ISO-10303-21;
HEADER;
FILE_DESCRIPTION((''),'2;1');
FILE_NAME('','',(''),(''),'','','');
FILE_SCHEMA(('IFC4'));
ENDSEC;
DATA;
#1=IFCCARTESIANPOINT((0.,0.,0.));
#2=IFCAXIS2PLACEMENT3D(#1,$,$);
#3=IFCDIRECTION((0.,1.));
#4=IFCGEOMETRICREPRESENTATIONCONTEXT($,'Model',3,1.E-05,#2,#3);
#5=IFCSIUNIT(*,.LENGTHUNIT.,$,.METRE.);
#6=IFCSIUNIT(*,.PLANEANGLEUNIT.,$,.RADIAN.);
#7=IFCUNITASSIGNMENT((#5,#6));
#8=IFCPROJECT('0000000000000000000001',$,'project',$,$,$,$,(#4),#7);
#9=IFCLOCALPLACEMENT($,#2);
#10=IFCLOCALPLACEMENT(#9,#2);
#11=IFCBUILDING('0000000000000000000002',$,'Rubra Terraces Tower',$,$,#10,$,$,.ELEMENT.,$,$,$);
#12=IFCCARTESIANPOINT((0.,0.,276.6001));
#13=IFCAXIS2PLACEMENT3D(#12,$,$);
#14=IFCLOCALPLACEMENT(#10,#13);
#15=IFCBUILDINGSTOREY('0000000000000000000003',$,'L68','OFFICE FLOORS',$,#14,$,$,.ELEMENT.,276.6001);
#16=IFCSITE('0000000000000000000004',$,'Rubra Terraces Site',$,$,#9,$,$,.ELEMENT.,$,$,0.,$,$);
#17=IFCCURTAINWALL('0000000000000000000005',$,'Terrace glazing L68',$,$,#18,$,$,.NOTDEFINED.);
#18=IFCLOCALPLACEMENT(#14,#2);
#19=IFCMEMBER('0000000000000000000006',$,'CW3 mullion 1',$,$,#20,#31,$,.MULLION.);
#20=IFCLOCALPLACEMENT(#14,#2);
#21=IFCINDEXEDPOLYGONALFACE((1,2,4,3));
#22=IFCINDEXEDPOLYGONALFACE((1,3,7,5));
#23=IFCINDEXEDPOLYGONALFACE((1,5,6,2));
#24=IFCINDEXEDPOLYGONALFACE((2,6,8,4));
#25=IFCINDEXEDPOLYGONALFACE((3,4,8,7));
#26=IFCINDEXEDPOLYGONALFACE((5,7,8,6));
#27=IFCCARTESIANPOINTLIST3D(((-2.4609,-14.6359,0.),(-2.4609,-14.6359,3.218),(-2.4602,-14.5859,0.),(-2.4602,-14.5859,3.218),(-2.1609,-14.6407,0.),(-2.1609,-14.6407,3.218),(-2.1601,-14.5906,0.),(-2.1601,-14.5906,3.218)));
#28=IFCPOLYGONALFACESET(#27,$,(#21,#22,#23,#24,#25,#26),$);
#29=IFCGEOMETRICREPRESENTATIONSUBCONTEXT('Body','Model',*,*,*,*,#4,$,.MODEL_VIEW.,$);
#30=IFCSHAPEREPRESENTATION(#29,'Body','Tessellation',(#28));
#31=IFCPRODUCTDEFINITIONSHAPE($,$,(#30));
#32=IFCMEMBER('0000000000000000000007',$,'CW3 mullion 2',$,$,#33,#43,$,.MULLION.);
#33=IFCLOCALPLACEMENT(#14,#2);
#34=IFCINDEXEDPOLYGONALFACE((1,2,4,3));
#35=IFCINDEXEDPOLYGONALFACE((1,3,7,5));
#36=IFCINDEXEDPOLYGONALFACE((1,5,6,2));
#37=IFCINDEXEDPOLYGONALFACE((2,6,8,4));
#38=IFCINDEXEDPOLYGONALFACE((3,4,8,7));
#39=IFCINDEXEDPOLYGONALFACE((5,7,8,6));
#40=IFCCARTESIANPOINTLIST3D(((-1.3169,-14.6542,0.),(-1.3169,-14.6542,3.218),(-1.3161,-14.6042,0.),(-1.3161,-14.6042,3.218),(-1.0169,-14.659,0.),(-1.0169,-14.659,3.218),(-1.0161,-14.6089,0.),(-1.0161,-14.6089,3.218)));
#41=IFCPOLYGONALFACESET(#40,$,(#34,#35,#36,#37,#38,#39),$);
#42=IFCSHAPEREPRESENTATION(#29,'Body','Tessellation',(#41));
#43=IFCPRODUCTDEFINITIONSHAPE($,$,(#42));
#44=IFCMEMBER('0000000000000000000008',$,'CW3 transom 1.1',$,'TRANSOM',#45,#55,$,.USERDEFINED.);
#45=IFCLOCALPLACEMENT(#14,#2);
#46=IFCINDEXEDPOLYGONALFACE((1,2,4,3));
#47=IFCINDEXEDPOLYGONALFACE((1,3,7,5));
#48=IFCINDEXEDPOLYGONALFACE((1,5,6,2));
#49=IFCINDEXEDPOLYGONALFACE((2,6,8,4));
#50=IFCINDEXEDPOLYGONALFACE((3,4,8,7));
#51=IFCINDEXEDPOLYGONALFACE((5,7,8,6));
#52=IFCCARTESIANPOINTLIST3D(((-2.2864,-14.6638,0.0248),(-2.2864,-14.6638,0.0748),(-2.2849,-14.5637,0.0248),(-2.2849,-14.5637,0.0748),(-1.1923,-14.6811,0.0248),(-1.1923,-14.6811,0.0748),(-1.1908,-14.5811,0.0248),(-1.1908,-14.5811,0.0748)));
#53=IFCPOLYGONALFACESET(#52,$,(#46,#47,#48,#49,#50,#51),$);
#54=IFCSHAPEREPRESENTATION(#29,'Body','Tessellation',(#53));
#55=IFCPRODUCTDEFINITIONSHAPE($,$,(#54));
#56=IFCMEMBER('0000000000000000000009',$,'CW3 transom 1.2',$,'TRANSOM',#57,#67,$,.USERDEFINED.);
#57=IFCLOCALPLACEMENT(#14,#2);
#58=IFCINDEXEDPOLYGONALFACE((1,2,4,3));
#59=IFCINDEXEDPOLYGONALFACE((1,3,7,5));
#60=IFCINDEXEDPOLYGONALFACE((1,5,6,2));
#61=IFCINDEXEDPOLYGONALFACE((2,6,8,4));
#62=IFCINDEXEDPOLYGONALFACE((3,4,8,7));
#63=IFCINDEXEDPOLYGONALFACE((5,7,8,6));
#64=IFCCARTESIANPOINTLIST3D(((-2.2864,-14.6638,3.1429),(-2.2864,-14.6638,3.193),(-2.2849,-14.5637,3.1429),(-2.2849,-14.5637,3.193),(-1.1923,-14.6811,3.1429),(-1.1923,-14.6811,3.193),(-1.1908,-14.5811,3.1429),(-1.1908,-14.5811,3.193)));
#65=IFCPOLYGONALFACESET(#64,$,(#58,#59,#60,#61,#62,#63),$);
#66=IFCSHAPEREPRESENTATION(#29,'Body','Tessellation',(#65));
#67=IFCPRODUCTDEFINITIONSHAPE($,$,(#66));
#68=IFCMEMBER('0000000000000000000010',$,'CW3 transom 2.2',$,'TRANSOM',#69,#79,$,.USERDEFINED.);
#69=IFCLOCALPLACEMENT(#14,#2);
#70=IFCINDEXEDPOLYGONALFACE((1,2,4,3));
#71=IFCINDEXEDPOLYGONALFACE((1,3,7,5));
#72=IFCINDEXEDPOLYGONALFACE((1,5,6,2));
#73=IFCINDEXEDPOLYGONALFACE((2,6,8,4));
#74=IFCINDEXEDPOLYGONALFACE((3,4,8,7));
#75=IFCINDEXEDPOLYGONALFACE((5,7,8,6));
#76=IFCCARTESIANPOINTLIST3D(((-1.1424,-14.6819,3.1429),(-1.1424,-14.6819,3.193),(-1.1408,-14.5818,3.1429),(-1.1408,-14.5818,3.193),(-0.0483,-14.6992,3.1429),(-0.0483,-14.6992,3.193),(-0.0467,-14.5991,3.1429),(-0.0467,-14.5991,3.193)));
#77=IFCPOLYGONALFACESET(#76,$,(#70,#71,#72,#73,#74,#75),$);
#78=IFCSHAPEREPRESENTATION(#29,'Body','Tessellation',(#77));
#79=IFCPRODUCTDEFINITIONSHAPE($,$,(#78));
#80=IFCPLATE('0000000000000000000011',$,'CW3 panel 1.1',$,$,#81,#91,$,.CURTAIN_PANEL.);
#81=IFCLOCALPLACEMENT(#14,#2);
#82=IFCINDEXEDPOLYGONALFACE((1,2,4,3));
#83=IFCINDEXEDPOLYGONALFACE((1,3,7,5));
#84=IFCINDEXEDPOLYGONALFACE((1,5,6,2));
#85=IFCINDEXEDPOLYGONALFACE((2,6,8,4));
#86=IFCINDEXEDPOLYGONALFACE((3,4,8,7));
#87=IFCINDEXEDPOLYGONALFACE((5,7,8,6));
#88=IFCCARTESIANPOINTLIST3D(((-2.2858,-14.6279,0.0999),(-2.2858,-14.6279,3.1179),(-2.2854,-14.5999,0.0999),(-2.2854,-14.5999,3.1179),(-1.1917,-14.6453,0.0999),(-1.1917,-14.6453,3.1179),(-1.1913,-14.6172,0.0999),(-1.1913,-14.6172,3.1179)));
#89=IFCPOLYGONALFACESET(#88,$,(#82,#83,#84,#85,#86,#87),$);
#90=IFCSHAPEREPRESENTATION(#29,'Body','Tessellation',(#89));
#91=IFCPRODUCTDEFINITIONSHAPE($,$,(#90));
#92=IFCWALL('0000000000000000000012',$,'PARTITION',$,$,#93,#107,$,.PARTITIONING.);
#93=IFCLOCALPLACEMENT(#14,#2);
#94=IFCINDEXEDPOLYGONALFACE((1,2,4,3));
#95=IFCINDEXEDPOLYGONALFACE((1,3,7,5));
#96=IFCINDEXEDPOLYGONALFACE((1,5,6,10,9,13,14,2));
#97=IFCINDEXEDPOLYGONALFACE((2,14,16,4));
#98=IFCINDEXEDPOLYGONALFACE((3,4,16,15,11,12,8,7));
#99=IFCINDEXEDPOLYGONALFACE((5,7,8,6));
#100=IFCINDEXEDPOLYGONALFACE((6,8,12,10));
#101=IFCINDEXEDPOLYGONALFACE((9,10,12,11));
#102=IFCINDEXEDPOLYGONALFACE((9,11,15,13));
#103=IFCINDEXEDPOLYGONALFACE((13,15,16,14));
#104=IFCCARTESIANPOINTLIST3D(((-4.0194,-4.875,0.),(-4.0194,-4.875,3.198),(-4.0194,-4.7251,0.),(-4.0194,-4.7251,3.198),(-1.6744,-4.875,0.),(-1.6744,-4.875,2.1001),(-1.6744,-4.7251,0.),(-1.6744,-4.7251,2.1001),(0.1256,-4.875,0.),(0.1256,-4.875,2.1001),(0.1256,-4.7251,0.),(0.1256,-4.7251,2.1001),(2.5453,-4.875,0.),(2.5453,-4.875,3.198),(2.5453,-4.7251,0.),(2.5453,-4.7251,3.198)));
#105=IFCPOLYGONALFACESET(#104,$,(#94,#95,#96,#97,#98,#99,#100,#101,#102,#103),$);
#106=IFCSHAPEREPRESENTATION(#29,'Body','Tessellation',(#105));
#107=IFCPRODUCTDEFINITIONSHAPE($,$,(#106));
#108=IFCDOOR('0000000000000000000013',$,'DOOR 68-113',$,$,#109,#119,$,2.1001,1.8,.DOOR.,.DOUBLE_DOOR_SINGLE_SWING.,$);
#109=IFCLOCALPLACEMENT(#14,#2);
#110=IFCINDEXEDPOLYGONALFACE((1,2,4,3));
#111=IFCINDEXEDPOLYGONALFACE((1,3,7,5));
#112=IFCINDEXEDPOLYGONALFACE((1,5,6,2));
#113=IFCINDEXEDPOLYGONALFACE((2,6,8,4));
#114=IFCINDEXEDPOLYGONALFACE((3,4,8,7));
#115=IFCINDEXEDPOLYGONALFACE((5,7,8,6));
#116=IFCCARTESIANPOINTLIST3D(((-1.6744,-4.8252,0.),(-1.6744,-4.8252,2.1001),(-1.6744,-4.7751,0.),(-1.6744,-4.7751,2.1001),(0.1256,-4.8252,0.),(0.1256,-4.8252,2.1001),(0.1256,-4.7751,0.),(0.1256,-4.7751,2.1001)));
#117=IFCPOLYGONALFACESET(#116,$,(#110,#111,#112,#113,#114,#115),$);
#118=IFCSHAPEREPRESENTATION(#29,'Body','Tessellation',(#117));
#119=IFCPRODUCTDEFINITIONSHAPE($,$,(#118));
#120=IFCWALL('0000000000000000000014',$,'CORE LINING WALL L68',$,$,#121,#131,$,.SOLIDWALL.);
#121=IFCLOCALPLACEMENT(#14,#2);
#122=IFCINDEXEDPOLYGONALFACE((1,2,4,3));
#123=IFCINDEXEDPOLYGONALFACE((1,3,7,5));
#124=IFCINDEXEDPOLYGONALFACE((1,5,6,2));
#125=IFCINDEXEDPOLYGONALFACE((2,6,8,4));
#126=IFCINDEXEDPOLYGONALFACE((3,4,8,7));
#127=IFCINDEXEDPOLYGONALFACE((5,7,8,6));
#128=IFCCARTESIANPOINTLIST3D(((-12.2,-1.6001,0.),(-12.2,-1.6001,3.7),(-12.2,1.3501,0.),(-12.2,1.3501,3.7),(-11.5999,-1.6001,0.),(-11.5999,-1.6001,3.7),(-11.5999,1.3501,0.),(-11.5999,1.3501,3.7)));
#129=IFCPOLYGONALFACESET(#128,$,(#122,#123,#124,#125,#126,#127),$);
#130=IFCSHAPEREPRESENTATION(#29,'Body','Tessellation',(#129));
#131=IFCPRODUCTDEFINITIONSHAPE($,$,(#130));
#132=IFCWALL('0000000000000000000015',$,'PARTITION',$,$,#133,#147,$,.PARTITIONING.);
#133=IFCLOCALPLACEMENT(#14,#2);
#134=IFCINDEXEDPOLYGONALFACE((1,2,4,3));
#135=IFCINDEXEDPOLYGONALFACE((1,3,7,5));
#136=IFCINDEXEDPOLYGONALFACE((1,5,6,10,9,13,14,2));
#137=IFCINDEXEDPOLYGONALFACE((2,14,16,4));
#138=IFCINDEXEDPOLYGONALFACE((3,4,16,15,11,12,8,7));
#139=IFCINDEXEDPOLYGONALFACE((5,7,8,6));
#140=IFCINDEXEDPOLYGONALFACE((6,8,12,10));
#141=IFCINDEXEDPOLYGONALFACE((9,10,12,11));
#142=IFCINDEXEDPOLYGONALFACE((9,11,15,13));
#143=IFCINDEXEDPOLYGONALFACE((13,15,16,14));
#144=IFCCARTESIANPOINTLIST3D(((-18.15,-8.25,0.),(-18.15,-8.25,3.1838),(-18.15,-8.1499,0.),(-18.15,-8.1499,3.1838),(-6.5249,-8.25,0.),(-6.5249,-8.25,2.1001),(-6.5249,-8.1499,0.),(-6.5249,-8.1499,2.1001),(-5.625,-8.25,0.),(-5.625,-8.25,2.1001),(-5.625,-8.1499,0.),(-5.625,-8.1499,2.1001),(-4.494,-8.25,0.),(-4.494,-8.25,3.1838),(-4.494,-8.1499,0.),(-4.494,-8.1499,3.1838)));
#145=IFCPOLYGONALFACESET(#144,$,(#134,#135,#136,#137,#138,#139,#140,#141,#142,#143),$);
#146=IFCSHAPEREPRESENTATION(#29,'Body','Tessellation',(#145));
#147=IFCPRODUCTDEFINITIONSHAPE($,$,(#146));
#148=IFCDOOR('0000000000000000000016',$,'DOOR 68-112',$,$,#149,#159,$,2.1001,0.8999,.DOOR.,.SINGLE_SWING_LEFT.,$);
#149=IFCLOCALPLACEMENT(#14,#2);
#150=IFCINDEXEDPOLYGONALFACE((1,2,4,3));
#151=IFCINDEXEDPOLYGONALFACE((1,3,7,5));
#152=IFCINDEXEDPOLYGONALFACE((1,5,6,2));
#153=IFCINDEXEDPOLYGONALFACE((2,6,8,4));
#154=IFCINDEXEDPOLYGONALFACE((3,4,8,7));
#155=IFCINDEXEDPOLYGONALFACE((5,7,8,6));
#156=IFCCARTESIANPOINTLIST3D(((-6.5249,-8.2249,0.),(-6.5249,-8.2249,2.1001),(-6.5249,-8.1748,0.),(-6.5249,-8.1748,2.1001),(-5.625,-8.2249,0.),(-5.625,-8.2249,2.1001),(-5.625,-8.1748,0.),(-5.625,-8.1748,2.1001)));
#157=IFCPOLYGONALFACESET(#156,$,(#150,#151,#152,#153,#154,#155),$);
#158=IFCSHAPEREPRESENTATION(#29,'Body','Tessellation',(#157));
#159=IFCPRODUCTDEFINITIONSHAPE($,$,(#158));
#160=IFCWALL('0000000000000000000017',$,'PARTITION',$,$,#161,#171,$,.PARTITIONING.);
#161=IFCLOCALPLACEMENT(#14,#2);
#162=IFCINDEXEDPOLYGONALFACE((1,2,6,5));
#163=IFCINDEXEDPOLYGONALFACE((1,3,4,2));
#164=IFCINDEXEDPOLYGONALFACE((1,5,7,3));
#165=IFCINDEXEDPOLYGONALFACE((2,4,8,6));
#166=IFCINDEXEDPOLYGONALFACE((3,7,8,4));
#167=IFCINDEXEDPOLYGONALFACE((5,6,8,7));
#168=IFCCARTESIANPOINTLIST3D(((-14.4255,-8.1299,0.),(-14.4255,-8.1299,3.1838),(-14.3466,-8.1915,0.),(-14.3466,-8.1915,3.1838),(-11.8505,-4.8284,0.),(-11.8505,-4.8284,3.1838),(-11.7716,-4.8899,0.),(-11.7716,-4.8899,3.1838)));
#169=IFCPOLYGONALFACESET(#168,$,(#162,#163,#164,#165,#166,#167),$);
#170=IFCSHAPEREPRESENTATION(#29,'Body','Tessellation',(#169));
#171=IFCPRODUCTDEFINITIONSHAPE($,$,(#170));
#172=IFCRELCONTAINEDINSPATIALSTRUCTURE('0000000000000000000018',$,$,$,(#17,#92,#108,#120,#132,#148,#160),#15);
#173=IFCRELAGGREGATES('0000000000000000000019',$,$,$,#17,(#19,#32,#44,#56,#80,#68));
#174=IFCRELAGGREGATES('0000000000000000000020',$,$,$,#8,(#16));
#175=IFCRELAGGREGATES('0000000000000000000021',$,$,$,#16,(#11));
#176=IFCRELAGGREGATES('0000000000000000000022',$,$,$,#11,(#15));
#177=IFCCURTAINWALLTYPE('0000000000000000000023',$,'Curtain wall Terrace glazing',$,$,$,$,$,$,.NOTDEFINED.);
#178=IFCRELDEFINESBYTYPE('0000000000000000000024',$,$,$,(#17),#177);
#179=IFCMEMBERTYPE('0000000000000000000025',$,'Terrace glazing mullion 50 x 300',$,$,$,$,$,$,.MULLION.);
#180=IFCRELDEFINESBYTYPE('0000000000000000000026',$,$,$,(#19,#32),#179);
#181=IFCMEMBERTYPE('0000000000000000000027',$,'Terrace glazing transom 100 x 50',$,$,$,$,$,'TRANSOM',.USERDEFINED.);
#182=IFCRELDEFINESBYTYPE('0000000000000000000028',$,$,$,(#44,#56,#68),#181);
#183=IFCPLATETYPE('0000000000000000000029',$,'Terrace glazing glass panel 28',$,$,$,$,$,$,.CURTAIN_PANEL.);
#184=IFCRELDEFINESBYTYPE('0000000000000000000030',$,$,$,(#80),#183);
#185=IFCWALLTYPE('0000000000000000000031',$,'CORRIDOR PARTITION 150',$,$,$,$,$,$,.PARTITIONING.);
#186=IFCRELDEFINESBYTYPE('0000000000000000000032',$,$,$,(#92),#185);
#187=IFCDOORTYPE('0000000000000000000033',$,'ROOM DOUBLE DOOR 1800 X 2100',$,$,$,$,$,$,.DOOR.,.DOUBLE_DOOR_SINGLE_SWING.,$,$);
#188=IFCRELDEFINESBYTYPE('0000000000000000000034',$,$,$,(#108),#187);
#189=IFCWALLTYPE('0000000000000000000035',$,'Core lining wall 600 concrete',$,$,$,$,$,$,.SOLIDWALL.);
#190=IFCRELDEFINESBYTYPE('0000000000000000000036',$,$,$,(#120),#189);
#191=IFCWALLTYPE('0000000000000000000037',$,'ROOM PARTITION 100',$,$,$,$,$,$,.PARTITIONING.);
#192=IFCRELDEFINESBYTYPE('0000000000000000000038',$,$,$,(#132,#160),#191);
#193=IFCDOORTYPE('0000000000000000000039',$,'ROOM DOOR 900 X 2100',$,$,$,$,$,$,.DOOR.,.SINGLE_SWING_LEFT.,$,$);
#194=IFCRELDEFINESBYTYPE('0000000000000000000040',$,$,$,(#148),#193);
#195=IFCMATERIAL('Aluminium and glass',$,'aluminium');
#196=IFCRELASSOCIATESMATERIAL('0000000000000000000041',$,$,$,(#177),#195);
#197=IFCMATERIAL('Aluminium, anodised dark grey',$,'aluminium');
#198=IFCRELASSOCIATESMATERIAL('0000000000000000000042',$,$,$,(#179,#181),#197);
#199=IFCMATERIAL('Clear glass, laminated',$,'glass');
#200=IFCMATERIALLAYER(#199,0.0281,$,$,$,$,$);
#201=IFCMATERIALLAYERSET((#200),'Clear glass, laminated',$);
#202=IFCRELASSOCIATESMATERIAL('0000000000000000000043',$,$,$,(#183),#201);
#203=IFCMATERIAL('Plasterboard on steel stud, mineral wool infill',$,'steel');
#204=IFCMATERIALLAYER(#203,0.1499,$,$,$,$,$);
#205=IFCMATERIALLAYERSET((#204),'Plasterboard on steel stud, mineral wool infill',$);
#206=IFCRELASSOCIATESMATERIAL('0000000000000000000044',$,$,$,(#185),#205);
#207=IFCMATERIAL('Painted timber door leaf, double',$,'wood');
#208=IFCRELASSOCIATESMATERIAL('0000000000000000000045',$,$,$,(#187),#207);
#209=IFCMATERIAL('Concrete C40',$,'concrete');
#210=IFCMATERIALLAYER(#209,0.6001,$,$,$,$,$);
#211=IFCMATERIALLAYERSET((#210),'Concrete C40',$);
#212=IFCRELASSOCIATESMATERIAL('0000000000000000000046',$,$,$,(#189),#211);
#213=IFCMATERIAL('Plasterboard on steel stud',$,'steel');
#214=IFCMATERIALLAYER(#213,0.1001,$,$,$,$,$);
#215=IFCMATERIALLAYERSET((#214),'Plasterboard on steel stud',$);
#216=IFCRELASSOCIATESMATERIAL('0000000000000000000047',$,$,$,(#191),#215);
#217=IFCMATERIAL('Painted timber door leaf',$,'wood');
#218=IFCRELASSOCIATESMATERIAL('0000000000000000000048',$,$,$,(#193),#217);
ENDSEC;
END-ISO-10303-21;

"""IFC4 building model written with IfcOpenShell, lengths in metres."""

from ifc_helpers import new_model, si_unit, direction, frame, frame_2d, origin, origin_2d, place, context, subcontext, project, spatial, rectangle, extrude, material, layer, layer_set, material_profile, profile_set, type_object, element, fill, aggregate, save


model = new_model("IFC4")

# Units and contexts
model_context = context("Model", 3, precision=1e-05, world=origin(), true_north=direction((0.0, 1.0)))
body_context = subcontext(model_context, "Body", "Model", "MODEL_VIEW")
ifc_project = project(units=[si_unit("LENGTHUNIT", "METRE"), si_unit("PLANEANGLEUNIT", "RADIAN")], contexts=[model_context])

# Site, building, storey
site_placement = place(None, origin())
site = spatial("IfcSite", under=ifc_project, at=site_placement, Name="Rubra Terraces Site", CompositionType="ELEMENT", RefElevation=0.0)
building_placement = place(site_placement, origin())
building = spatial("IfcBuilding", under=site, at=building_placement, Name="Rubra Terraces Tower", CompositionType="ELEMENT")
storey_placement = place(building_placement, frame((0.0, 0.0, 276.6001)))
storey = spatial("IfcBuildingStorey", under=building, at=storey_placement, Name="L68", Description="OFFICE FLOORS", CompositionType="ELEMENT", Elevation=276.6001)

# Curtain wall, members, plate
ifc_material_1 = material(Name="Aluminium and glass", Category="aluminium")
curtain_wall_type = type_object("IfcCurtainWallType", Name="Curtain wall Terrace glazing", PredefinedType="NOTDEFINED", material=ifc_material_1)
curtain_wall_placement = place(storey_placement, origin())
curtain_wall = element("IfcCurtainWall", 1, at=curtain_wall_placement, inside=storey, type_object=curtain_wall_type, Name="Terrace glazing L68", PredefinedType="NOTDEFINED")
ifc_material_2 = material(Name="Aluminium, anodised dark grey", Category="aluminium")
ifc_material_profile_1 = material_profile(ifc_material_2, rectangle(XDim=0.05, YDim=0.3, at=origin_2d()), Name="AL 50x300")
ifc_profile_set_1 = profile_set([ifc_material_profile_1], Name="Aluminium, anodised dark grey")
member_type_1 = type_object("IfcMemberType", Name="Terrace glazing mullion 50 x 300", PredefinedType="MULLION", material=ifc_profile_set_1)
member_1_placement = place(storey_placement, frame((-2.3105, -14.6133, 0.0), z_axis=(0.0, 0.0, 1.0), x_axis=(0.015824, 0.999875, 0.0)))
member_1 = element("IfcMember", 2, at=member_1_placement, type_object=member_type_1, Name="CW3 mullion 1", PredefinedType="MULLION", context=body_context, shape_type="SweptSolid", body=[
    extrude(rectangle(XDim=0.05, YDim=0.3, at=origin_2d()), origin(), (0.0, 0.0, 1.0), 3.218),
])
member_2_placement = place(storey_placement, frame((-1.1665, -14.6316, 0.0), z_axis=(0.0, 0.0, 1.0), x_axis=(0.015824, 0.999875, 0.0)))
member_2 = element("IfcMember", 3, at=member_2_placement, type_object=member_type_1, Name="CW3 mullion 2", PredefinedType="MULLION", context=body_context, shape_type="SweptSolid", body=[
    extrude(rectangle(XDim=0.05, YDim=0.3, at=origin_2d()), origin(), (0.0, 0.0, 1.0), 3.218),
])
ifc_material_profile_2 = material_profile(ifc_material_2, rectangle(XDim=0.1001, YDim=0.05, at=origin_2d()), Name="AL 100x50")
ifc_profile_set_2 = profile_set([ifc_material_profile_2], Name="Aluminium, anodised dark grey")
member_type_2 = type_object("IfcMemberType", Name="Terrace glazing transom 100 x 50", ElementType="TRANSOM", PredefinedType="USERDEFINED", material=ifc_profile_set_2)
member_3_placement = place(storey_placement, frame((-2.2856, -14.6138, 0.0498), z_axis=(0.999874, -0.015843, 0.0), x_axis=(0.015843, 0.999874, 0.0)))
member_3 = element("IfcMember", 4, at=member_3_placement, type_object=member_type_2, Name="CW3 transom 1.1", ObjectType="TRANSOM", PredefinedType="USERDEFINED", context=body_context, shape_type="SweptSolid", body=[
    extrude(rectangle(XDim=0.1001, YDim=0.05, at=origin_2d()), origin(), (0.0, 0.0, 1.0), 1.0942),
])
member_4_placement = place(storey_placement, frame((-2.2856, -14.6138, 3.168), z_axis=(0.999874, -0.015843, 0.0), x_axis=(0.015843, 0.999874, 0.0)))
member_4 = element("IfcMember", 5, at=member_4_placement, type_object=member_type_2, Name="CW3 transom 1.2", ObjectType="TRANSOM", PredefinedType="USERDEFINED", context=body_context, shape_type="SweptSolid", body=[
    extrude(rectangle(XDim=0.1001, YDim=0.05, at=origin_2d()), origin(), (0.0, 0.0, 1.0), 1.0942),
])
member_5_placement = place(storey_placement, frame((-1.1416, -14.6318, 3.168), z_axis=(0.999874, -0.015843, 0.0), x_axis=(0.015843, 0.999874, 0.0)))
member_5 = element("IfcMember", 6, at=member_5_placement, type_object=member_type_2, Name="CW3 transom 2.2", ObjectType="TRANSOM", PredefinedType="USERDEFINED", context=body_context, shape_type="SweptSolid", body=[
    extrude(rectangle(XDim=0.1001, YDim=0.05, at=origin_2d()), origin(), (0.0, 0.0, 1.0), 1.0942),
])
ifc_material_3 = material(Name="Clear glass, laminated", Category="glass")
ifc_layer_1 = layer(ifc_material_3, 0.0281)
ifc_layer_set_1 = layer_set([ifc_layer_1], Name="Clear glass, laminated")
plate_type = type_object("IfcPlateType", Name="Terrace glazing glass panel 28", PredefinedType="CURTAIN_PANEL", material=ifc_layer_set_1)
plate_placement = place(storey_placement, frame((-1.7385, -14.6226, 0.0999), z_axis=(0.0, 0.0, 1.0), x_axis=(0.999875, -0.015824, 0.0)))
plate = element("IfcPlate", 7, at=plate_placement, type_object=plate_type, Name="CW3 panel 1.1", PredefinedType="CURTAIN_PANEL", context=body_context, shape_type="SweptSolid", body=[
    extrude(rectangle(XDim=1.0942, YDim=0.0281, at=origin_2d()), origin(), (0.0, 0.0, 1.0), 3.0181),
])
aggregate(curtain_wall, [member_1, member_2, member_3, member_4, plate, member_5])

# Wall, opening, door
ifc_material_4 = material(Name="Plasterboard on steel stud, mineral wool infill", Category="steel")
ifc_layer_2 = layer(ifc_material_4, 0.1499)
ifc_layer_set_2 = layer_set([ifc_layer_2], Name="Plasterboard on steel stud, mineral wool infill")
wall_type_1 = type_object("IfcWallType", Name="CORRIDOR PARTITION 150", PredefinedType="PARTITIONING", material=ifc_layer_set_2)
wall_1_placement = place(storey_placement, frame((-4.0193, -4.8, 0.0), z_axis=(0.0, 0.0, 1.0), x_axis=(1.0, 0.0, 0.0)))
wall_1 = element("IfcWall", 8, at=wall_1_placement, inside=storey, type_object=wall_type_1, Name="PARTITION", PredefinedType="PARTITIONING", context=body_context, shape_type="SweptSolid", body=[
    extrude(rectangle(XDim=6.5647, YDim=0.1499, at=frame_2d((3.2822, 0.0))), origin(), (0.0, 0.0, 1.0), 3.198),
])
opening_1_placement = place(wall_1_placement, frame((2.345, 0.0, 0.0)))
opening_1 = element("IfcOpeningElement", 9, at=opening_1_placement, cuts=wall_1, PredefinedType="OPENING", context=body_context, shape_type="SweptSolid", body=[
    extrude(rectangle(XDim=1.8, YDim=2.1001, at=frame_2d((0.8999, 1.05))), frame((0.0, 0.085, 0.0), z_axis=(0.0, -1.0, 0.0), x_axis=(1.0, 0.0, 0.0)), (0.0, 0.0, 1.0), 0.1699),
])
ifc_material_5 = material(Name="Painted timber door leaf, double", Category="wood")
door_type_1 = type_object("IfcDoorType", Name="ROOM DOUBLE DOOR 1800 X 2100", OperationType="DOUBLE_DOOR_SINGLE_SWING", PredefinedType="DOOR", material=ifc_material_5)
door_1_placement = place(opening_1_placement, origin())
door_1 = element("IfcDoor", 10, at=door_1_placement, inside=storey, type_object=door_type_1, Name="DOOR 68-113", OperationType="DOUBLE_DOOR_SINGLE_SWING", OverallHeight=2.1001, OverallWidth=1.8, PredefinedType="DOOR", context=body_context, shape_type="SweptSolid", body=[
    extrude(rectangle(XDim=1.8, YDim=2.1001, at=frame_2d((0.8999, 1.05))), frame((0.0, 0.0249, 0.0), z_axis=(0.0, -1.0, 0.0), x_axis=(1.0, 0.0, 0.0)), (0.0, 0.0, 1.0), 0.05),
])
fill(opening_1, door_1)

# Wall
ifc_material_6 = material(Name="Concrete C40", Category="concrete")
ifc_layer_3 = layer(ifc_material_6, 0.6001)
ifc_layer_set_3 = layer_set([ifc_layer_3], Name="Concrete C40")
wall_type_2 = type_object("IfcWallType", Name="Core lining wall 600 concrete", PredefinedType="SOLIDWALL", material=ifc_layer_set_3)
wall_2_placement = place(storey_placement, frame((-11.8999, -1.6001, 0.0), z_axis=(0.0, 0.0, 1.0), x_axis=(0.0, 1.0, 0.0)))
element("IfcWall", 11, at=wall_2_placement, inside=storey, type_object=wall_type_2, Name="CORE LINING WALL L68", PredefinedType="SOLIDWALL", context=body_context, shape_type="SweptSolid", body=[
    extrude(rectangle(XDim=2.9502, YDim=0.6001, at=frame_2d((1.4751, 0.0))), origin(), (0.0, 0.0, 1.0), 3.7),
])

# Wall, opening, door
ifc_material_7 = material(Name="Plasterboard on steel stud", Category="steel")
ifc_layer_4 = layer(ifc_material_7, 0.1001)
ifc_layer_set_4 = layer_set([ifc_layer_4], Name="Plasterboard on steel stud")
wall_type_3 = type_object("IfcWallType", Name="ROOM PARTITION 100", PredefinedType="PARTITIONING", material=ifc_layer_set_4)
wall_3_placement = place(storey_placement, frame((-4.4939, -8.2, 0.0), z_axis=(0.0, 0.0, 1.0), x_axis=(-1.0, 0.0, 0.0)))
wall_3 = element("IfcWall", 12, at=wall_3_placement, inside=storey, type_object=wall_type_3, Name="PARTITION", PredefinedType="PARTITIONING", context=body_context, shape_type="SweptSolid", body=[
    extrude(rectangle(XDim=13.656, YDim=0.1001, at=frame_2d((6.8281, 0.0))), origin(), (0.0, 0.0, 1.0), 3.1838),
])
opening_2_placement = place(wall_3_placement, frame((1.1311, 0.0, 0.0)))
opening_2 = element("IfcOpeningElement", 13, at=opening_2_placement, cuts=wall_3, PredefinedType="OPENING", context=body_context, shape_type="SweptSolid", body=[
    extrude(rectangle(XDim=0.8999, YDim=2.1001, at=frame_2d((0.45, 1.05))), frame((0.0, 0.0601, 0.0), z_axis=(0.0, -1.0, 0.0), x_axis=(1.0, 0.0, 0.0)), (0.0, 0.0, 1.0), 0.1201),
])
ifc_material_8 = material(Name="Painted timber door leaf", Category="wood")
door_type_2 = type_object("IfcDoorType", Name="ROOM DOOR 900 X 2100", OperationType="SINGLE_SWING_LEFT", PredefinedType="DOOR", material=ifc_material_8)
door_2_placement = place(opening_2_placement, origin())
door_2 = element("IfcDoor", 14, at=door_2_placement, inside=storey, type_object=door_type_2, Name="DOOR 68-112", OperationType="SINGLE_SWING_LEFT", OverallHeight=2.1001, OverallWidth=0.8999, PredefinedType="DOOR", context=body_context, shape_type="SweptSolid", body=[
    extrude(rectangle(XDim=0.8999, YDim=2.1001, at=frame_2d((0.45, 1.05))), frame((0.0, 0.0249, 0.0), z_axis=(0.0, -1.0, 0.0), x_axis=(1.0, 0.0, 0.0)), (0.0, 0.0, 1.0), 0.05),
])
fill(opening_2, door_2)

# Wall
wall_4_placement = place(storey_placement, frame((-11.811, -4.8591, 0.0), z_axis=(0.0, 0.0, 1.0), x_axis=(-0.614998, -0.788529, 0.0)))
element("IfcWall", 15, at=wall_4_placement, inside=storey, type_object=wall_type_3, Name="PARTITION", PredefinedType="PARTITIONING", context=body_context, shape_type="SweptSolid", body=[
    extrude(rectangle(XDim=4.187, YDim=0.1001, at=frame_2d((2.0935, 0.0))), origin(), (0.0, 0.0, 1.0), 3.1838),
])

save(model, "model.ifc")
